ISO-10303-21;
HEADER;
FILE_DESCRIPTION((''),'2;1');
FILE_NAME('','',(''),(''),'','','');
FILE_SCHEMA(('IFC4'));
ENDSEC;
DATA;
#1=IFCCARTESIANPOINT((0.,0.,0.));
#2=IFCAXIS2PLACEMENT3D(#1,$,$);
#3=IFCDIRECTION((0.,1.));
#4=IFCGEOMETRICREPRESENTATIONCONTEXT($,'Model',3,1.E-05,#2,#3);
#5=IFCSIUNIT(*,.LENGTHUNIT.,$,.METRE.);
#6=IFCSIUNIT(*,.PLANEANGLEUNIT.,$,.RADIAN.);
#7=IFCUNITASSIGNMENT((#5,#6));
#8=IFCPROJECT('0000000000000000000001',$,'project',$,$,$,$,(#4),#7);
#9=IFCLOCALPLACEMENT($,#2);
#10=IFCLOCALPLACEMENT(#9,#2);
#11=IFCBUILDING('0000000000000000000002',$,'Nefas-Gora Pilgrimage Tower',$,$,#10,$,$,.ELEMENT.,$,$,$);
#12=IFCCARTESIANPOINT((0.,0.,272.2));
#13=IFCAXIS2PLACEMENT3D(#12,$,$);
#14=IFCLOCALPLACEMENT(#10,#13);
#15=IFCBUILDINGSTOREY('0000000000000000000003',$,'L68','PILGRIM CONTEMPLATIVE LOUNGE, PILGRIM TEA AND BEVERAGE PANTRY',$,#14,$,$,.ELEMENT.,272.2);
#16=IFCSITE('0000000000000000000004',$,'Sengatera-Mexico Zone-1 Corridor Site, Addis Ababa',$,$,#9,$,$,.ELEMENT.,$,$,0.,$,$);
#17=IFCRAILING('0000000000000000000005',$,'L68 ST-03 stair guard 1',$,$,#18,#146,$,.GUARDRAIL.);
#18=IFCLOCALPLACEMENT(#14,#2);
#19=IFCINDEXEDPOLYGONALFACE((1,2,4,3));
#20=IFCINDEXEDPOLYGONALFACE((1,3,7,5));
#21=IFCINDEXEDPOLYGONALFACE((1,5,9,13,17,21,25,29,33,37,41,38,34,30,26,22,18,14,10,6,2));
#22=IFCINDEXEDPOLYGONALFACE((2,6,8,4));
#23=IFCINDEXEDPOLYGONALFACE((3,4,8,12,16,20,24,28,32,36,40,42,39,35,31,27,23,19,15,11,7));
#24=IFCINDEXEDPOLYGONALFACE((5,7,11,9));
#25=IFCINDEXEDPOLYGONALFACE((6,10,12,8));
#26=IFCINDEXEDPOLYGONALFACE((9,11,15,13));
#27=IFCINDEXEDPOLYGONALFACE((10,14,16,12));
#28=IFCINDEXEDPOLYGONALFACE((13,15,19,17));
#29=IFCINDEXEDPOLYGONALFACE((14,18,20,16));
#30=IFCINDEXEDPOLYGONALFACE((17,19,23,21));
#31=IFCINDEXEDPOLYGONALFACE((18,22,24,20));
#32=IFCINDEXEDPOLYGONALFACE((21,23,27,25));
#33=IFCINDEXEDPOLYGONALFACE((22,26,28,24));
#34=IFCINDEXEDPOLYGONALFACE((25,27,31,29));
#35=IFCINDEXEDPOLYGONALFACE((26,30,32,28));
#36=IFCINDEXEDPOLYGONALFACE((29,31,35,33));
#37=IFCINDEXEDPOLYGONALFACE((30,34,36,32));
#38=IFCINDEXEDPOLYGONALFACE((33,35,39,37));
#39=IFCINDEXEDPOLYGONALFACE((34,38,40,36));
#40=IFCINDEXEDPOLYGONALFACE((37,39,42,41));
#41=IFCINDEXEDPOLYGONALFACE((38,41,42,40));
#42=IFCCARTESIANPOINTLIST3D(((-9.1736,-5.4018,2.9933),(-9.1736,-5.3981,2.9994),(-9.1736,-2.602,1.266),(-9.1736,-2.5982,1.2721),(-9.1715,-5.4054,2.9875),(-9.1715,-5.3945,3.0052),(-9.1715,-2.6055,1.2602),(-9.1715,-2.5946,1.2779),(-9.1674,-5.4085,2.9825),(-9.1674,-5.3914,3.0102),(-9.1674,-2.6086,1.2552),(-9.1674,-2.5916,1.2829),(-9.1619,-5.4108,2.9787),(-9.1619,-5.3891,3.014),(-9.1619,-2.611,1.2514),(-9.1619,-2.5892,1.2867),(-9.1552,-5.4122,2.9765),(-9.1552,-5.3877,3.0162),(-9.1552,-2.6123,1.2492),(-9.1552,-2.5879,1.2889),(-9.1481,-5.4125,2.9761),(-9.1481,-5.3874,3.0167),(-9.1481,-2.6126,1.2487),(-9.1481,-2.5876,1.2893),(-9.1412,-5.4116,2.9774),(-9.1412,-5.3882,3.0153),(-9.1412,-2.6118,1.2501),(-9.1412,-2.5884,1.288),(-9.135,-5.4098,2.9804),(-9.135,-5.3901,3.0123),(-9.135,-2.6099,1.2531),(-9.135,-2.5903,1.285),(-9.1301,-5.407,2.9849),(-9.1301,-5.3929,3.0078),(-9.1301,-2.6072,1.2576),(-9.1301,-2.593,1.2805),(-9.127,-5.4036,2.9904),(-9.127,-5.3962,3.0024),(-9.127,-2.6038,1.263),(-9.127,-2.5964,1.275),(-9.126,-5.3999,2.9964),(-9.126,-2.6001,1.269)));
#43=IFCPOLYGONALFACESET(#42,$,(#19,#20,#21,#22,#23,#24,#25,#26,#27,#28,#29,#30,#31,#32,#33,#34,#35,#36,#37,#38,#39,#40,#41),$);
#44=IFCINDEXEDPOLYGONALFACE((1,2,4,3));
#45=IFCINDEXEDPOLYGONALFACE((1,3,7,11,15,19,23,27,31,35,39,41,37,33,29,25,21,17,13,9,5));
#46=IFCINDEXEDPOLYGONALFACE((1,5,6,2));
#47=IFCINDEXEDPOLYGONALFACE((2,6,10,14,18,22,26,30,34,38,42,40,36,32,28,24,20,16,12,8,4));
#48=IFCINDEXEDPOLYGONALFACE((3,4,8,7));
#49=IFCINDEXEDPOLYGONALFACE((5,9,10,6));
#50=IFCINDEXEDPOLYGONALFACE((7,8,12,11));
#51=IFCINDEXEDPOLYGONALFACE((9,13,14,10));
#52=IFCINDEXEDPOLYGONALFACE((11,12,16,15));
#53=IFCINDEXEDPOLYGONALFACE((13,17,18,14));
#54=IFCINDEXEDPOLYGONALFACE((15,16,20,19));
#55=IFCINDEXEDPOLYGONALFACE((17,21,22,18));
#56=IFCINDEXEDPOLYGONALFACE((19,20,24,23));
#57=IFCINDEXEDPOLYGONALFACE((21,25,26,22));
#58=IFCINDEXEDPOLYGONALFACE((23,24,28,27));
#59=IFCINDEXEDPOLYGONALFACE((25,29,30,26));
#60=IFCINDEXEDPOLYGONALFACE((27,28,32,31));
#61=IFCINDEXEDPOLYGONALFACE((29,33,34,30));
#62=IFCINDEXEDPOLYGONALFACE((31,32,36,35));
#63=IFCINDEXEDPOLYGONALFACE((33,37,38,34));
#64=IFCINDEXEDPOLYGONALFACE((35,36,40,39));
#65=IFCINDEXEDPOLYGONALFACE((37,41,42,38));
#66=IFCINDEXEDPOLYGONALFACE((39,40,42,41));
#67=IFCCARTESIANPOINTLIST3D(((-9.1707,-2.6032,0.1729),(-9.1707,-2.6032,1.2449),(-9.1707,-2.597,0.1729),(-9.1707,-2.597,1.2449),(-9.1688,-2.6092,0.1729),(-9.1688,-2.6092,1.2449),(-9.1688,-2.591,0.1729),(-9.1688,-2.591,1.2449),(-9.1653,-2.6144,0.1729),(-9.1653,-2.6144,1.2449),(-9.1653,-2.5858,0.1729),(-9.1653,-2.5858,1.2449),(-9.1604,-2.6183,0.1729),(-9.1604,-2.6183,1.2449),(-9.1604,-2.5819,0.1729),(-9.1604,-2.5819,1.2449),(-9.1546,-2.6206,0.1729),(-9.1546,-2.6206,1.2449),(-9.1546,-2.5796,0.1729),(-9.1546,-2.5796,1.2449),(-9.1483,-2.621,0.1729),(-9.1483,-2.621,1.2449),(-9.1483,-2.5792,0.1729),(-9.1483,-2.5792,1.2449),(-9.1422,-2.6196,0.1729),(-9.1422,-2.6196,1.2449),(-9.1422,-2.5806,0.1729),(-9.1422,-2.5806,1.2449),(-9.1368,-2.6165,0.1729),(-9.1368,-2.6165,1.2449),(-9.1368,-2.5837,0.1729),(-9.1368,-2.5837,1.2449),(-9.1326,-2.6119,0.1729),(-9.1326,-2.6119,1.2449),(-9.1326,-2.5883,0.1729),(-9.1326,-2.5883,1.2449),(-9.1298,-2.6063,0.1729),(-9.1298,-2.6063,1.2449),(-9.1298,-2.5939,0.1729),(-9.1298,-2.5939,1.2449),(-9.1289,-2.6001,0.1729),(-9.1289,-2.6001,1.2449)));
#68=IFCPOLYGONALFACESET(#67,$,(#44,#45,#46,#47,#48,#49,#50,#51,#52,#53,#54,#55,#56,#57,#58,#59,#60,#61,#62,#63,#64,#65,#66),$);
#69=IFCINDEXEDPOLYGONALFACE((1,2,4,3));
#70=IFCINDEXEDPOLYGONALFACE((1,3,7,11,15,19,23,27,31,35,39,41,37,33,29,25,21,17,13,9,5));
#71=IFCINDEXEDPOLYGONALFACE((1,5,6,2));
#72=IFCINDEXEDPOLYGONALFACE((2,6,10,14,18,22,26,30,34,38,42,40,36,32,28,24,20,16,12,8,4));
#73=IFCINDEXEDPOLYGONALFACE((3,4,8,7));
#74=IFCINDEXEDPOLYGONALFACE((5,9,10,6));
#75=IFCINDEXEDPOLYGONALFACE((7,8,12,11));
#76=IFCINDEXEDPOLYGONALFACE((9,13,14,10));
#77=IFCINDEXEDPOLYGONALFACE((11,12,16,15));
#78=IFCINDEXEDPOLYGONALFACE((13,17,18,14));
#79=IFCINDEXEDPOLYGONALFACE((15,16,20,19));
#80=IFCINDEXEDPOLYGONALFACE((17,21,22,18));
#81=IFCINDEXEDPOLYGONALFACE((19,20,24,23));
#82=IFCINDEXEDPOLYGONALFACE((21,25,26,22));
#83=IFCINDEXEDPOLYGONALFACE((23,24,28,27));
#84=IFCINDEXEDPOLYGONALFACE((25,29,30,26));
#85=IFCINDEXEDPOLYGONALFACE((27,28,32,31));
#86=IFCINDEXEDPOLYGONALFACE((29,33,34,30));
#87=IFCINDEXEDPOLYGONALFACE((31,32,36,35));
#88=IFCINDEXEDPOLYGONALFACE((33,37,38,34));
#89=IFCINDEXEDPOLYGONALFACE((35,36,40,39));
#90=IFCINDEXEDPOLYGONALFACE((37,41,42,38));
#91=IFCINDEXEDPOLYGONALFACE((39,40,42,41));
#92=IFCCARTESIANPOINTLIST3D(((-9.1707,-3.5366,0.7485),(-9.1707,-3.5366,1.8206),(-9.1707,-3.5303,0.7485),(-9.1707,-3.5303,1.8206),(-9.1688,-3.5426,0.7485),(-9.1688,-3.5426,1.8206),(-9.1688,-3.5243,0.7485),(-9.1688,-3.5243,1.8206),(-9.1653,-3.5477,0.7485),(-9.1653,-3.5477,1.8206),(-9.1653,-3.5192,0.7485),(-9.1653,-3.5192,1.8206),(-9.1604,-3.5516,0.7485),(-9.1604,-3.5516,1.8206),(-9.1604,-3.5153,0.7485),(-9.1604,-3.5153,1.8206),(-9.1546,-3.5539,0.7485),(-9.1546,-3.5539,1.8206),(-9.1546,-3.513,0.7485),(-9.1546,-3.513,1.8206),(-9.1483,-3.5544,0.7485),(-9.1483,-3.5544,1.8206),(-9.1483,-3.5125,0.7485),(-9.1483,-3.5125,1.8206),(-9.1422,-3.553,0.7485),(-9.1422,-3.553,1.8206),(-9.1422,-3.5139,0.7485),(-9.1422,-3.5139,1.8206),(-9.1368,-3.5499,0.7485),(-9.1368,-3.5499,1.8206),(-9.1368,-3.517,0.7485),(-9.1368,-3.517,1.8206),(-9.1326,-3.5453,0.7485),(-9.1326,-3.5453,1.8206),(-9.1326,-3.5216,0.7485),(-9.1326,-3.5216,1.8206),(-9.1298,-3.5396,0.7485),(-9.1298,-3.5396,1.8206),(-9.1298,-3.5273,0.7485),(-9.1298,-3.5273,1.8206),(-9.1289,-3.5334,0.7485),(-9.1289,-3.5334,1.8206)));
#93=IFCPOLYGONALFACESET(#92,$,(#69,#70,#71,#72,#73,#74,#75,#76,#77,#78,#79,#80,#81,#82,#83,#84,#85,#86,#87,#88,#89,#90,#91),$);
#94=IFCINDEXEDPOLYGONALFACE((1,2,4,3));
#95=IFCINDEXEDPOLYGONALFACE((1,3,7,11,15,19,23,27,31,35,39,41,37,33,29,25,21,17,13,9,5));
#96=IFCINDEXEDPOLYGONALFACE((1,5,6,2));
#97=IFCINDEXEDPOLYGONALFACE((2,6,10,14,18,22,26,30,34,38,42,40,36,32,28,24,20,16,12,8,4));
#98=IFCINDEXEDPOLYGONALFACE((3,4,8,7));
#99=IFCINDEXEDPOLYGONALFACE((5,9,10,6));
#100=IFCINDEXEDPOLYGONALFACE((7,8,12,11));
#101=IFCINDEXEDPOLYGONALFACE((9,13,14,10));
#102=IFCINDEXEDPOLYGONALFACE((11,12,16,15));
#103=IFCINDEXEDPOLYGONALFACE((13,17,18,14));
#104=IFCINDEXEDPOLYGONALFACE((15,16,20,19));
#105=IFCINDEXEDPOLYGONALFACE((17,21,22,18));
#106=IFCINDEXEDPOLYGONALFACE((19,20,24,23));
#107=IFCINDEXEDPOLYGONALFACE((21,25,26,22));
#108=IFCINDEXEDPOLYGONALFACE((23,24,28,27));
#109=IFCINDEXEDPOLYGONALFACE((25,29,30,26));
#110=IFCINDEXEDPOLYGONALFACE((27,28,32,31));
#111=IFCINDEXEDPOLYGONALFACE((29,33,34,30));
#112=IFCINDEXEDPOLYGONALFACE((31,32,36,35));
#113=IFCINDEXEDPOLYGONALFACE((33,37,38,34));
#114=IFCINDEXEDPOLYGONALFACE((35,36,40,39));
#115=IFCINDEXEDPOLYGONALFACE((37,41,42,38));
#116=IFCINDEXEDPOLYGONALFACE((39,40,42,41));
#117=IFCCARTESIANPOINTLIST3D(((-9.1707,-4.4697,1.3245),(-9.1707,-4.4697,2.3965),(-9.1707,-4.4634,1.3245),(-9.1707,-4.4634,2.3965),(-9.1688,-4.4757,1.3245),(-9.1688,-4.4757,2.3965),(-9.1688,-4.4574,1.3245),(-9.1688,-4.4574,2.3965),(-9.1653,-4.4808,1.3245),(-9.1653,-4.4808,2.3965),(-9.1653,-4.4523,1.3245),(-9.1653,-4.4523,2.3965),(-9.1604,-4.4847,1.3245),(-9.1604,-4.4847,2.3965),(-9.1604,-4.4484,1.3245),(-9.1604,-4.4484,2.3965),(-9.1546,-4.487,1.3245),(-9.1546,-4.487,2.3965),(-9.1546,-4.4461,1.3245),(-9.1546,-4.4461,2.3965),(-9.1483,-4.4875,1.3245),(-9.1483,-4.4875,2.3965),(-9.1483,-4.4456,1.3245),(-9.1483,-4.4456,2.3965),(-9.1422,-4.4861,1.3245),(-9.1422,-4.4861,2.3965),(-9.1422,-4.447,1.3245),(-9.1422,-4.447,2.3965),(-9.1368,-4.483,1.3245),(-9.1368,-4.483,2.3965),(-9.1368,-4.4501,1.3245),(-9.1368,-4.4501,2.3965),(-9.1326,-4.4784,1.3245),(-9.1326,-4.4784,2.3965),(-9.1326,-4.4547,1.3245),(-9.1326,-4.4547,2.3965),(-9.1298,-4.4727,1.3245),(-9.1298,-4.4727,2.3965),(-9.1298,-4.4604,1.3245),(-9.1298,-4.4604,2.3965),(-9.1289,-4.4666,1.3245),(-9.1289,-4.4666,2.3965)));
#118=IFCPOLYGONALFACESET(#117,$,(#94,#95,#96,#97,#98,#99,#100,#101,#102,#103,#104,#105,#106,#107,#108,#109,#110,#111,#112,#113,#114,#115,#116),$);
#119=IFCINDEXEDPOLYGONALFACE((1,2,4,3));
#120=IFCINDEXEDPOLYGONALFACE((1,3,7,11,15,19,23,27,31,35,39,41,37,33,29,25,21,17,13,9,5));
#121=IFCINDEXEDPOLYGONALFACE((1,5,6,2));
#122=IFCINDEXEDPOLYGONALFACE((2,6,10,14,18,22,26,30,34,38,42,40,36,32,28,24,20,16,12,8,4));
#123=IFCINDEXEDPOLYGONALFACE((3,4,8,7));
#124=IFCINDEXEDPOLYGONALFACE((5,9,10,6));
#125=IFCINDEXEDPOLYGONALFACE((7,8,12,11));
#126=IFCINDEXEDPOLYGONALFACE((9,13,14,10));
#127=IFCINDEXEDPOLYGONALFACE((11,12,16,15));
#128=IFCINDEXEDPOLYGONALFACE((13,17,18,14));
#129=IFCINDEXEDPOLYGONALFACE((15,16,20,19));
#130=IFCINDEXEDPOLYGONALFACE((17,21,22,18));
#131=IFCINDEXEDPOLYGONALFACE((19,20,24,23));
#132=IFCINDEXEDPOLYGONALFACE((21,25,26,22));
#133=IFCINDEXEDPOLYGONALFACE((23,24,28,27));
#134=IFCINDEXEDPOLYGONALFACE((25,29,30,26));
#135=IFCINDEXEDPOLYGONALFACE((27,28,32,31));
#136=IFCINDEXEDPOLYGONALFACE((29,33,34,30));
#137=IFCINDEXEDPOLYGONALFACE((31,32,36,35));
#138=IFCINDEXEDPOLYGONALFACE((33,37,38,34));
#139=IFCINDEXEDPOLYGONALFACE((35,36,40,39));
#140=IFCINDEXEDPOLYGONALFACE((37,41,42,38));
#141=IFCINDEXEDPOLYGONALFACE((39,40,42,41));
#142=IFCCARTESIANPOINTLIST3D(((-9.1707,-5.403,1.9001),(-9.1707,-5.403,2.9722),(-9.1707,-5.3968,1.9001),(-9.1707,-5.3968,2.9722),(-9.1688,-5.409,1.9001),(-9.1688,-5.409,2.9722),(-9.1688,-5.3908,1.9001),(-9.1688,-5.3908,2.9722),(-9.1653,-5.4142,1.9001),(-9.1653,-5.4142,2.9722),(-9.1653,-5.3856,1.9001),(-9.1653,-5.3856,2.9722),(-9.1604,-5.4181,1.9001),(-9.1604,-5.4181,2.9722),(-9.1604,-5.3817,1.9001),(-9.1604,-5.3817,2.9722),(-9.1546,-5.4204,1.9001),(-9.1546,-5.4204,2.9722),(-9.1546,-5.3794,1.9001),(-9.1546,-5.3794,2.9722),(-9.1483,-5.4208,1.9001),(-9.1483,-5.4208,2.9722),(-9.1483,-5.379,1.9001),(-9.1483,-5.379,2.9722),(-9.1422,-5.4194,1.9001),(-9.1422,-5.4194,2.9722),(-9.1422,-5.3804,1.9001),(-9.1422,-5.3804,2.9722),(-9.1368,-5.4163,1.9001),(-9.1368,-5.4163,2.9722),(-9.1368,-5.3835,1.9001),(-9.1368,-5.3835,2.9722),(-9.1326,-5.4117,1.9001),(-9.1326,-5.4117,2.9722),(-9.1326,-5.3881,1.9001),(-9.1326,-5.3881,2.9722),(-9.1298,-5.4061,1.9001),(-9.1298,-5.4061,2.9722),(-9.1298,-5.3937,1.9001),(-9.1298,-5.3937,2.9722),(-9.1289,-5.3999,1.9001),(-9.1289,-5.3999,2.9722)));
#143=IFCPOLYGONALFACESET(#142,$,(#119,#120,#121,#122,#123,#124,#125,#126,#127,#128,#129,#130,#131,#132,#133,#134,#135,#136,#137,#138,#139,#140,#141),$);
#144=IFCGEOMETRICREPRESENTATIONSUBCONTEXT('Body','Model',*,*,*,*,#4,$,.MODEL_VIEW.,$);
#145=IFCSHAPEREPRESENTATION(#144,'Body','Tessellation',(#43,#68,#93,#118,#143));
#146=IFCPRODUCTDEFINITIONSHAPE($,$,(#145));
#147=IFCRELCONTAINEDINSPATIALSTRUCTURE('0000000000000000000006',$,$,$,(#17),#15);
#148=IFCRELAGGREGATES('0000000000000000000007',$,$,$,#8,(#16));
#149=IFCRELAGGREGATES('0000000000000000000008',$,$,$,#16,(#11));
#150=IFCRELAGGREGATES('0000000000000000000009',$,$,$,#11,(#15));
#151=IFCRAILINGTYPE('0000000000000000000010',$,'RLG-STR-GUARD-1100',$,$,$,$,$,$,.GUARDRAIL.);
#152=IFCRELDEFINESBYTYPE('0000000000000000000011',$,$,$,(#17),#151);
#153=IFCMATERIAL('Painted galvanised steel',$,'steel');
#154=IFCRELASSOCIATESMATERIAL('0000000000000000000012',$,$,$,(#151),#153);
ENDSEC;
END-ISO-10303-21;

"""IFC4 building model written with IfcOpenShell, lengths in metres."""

from ifc_helpers import new_model, si_unit, direction, frame, origin, origin_2d, place, context, subcontext, project, spatial, circle, extrude, material, type_object, element, save


model = new_model("IFC4")

# Units and contexts
model_context = context("Model", 3, precision=1e-05, world=origin(), true_north=direction((0.0, 1.0)))
body_context = subcontext(model_context, "Body", "Model", "MODEL_VIEW")
ifc_project = project(units=[si_unit("LENGTHUNIT", "METRE"), si_unit("PLANEANGLEUNIT", "RADIAN")], contexts=[model_context])

# Site, building, storey
site_placement = place(None, origin())
site = spatial("IfcSite", under=ifc_project, at=site_placement, Name="Sengatera-Mexico Zone-1 Corridor Site, Addis Ababa", CompositionType="ELEMENT", RefElevation=0.0)
building_placement = place(site_placement, origin())
building = spatial("IfcBuilding", under=site, at=building_placement, Name="Nefas-Gora Pilgrimage Tower", CompositionType="ELEMENT")
storey_placement = place(building_placement, frame((0.0, 0.0, 272.2)))
storey = spatial("IfcBuildingStorey", under=building, at=storey_placement, Name="L68", Description="PILGRIM CONTEMPLATIVE LOUNGE, PILGRIM TEA AND BEVERAGE PANTRY", CompositionType="ELEMENT", Elevation=272.2)

# Railing
ifc_material_1 = material(Name="Painted galvanised steel", Category="steel")
railing_type_1 = type_object("IfcRailingType", Name="RLG-STR-GUARD-1100", PredefinedType="GUARDRAIL", material=ifc_material_1)
railing_1_placement = place(storey_placement, frame((-9.1499, -2.6001, 0.1729)))
element("IfcRailing", 1, at=railing_1_placement, inside=storey, type_object=railing_type_1, Name="L68 ST-03 stair guard 1", PredefinedType="GUARDRAIL", context=body_context, shape_type="SweptSolid", body=[
    extrude(circle(Radius=0.0239, at=origin_2d()), frame((0.0, 0.0, 1.0962), z_axis=(0.0, -0.851069, 0.525054), x_axis=(1.0, 0.0, 0.0)), (0.0, 0.0, 1.0), 3.2898),
    extrude(circle(Radius=0.021, at=origin_2d()), origin(), (0.0, 0.0, 1.0), 1.072),
    extrude(circle(Radius=0.021, at=origin_2d()), frame((0.0, -0.9333, 0.5757)), (0.0, 0.0, 1.0), 1.072),
    extrude(circle(Radius=0.021, at=origin_2d()), frame((0.0, -1.8665, 1.1516)), (0.0, 0.0, 1.0), 1.072),
    extrude(circle(Radius=0.021, at=origin_2d()), frame((0.0, -2.7998, 1.7273)), (0.0, 0.0, 1.0), 1.072),
])

save(model, "model.ifc")
